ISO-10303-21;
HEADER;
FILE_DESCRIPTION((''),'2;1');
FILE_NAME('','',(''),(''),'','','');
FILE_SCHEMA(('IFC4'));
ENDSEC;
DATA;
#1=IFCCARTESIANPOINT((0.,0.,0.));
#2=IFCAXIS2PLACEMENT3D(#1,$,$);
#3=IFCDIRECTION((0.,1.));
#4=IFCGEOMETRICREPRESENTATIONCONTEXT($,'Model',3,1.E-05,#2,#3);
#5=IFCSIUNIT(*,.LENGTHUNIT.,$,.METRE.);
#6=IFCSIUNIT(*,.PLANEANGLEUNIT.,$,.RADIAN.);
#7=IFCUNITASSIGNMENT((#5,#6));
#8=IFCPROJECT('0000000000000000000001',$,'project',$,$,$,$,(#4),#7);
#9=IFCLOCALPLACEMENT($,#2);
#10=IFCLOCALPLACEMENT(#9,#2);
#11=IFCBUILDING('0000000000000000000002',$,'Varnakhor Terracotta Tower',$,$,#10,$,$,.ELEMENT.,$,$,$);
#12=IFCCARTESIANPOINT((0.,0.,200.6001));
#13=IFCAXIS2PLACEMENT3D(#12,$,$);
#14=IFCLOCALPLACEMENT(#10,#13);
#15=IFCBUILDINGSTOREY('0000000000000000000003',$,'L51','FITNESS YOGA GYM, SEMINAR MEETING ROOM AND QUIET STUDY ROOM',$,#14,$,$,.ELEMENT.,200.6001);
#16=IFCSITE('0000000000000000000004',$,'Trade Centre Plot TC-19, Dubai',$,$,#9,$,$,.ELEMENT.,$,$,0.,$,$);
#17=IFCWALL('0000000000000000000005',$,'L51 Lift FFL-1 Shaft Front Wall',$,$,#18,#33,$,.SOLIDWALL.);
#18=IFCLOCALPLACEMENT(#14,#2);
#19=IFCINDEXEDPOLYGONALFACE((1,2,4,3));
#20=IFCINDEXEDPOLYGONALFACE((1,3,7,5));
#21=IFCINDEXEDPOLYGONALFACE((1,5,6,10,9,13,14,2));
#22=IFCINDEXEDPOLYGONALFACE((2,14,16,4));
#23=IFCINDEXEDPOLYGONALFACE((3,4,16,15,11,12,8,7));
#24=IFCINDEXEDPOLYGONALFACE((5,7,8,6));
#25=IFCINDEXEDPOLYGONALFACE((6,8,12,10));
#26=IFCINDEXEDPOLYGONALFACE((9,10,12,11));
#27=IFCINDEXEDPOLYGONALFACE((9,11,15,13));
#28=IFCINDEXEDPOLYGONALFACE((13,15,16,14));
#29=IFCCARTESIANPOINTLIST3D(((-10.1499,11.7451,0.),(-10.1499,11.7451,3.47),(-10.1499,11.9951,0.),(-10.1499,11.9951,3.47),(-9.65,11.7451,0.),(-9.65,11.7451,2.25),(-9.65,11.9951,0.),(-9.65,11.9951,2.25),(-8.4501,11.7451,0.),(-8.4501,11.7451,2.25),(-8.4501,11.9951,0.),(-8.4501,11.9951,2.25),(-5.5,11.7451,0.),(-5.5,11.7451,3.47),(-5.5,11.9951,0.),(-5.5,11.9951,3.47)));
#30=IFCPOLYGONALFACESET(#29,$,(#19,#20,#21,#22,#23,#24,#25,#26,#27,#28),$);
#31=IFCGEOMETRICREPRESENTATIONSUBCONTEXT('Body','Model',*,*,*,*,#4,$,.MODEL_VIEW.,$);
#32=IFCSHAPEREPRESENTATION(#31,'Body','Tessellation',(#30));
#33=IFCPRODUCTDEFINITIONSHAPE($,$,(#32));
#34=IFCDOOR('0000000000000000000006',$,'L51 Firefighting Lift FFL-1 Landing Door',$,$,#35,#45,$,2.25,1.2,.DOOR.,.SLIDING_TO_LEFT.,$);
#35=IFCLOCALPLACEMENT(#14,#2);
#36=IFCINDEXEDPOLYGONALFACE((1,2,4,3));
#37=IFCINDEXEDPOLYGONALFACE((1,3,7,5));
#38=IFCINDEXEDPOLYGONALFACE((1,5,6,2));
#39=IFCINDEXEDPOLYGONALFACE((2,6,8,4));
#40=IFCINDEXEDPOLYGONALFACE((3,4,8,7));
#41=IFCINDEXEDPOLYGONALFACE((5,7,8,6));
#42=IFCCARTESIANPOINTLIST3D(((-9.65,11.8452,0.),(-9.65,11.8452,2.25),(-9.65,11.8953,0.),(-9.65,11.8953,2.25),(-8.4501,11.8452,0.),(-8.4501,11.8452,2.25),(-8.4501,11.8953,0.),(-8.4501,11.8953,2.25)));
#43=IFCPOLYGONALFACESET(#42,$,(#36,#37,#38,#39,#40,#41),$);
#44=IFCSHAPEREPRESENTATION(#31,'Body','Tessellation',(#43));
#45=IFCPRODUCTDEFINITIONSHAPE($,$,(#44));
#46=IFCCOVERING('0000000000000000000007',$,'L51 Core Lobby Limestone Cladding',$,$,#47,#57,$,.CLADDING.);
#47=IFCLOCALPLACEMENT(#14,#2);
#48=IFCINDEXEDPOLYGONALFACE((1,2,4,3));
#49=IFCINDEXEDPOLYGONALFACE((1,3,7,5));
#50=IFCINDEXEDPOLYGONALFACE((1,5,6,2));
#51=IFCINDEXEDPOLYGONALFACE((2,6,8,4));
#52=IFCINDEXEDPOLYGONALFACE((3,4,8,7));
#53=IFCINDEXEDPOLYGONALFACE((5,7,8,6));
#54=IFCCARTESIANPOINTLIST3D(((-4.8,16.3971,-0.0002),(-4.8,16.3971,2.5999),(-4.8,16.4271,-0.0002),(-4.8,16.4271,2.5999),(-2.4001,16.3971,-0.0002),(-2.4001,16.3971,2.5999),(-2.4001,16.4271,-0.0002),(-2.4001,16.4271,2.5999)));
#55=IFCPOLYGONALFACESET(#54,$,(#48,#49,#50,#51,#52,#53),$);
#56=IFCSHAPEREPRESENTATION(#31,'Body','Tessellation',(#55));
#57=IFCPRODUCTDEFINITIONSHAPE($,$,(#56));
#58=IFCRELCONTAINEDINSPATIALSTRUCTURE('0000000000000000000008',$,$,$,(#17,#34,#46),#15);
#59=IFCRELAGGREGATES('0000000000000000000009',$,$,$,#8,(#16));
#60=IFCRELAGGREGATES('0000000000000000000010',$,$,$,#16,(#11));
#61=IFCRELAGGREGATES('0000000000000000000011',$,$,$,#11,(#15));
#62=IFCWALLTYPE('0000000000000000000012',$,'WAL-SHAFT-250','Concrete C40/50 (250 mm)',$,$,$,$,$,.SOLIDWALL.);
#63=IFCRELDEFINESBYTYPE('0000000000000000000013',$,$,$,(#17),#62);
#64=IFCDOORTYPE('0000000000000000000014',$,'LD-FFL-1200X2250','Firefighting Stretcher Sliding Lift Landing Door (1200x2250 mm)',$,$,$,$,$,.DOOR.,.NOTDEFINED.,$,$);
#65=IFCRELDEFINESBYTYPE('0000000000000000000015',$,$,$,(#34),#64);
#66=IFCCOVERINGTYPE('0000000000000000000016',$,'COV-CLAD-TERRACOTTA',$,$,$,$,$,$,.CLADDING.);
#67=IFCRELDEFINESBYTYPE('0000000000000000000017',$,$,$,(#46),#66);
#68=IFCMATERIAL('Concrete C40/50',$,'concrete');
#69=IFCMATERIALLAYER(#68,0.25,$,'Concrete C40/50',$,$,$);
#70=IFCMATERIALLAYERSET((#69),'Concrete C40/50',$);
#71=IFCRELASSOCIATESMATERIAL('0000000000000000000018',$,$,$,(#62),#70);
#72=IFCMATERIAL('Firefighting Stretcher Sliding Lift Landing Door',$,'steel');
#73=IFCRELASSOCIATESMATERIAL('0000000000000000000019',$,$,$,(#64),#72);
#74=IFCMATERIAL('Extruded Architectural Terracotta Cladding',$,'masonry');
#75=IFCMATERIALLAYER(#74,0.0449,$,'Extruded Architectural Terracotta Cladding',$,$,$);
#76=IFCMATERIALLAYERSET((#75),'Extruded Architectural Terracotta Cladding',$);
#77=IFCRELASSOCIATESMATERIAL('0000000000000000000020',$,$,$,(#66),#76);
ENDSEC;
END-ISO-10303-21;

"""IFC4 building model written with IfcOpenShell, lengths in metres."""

from ifc_helpers import new_model, si_unit, direction, frame, frame_2d, origin, origin_2d, place, context, subcontext, project, spatial, rectangle, extrude, source, transform, mapped, material, layer, layer_set, type_object, type_shapes, element, fill, save


model = new_model("IFC4")

# Units and contexts
model_context = context("Model", 3, precision=1e-05, world=origin(), true_north=direction((0.0, 1.0)))
body_context = subcontext(model_context, "Body", "Model", "MODEL_VIEW")
ifc_project = project(units=[si_unit("LENGTHUNIT", "METRE"), si_unit("PLANEANGLEUNIT", "RADIAN")], contexts=[model_context])

# Site, building, storey
site_placement = place(None, origin())
site = spatial("IfcSite", under=ifc_project, at=site_placement, Name="Trade Centre Plot TC-19, Dubai", CompositionType="ELEMENT", RefElevation=0.0)
building_placement = place(site_placement, origin())
building = spatial("IfcBuilding", under=site, at=building_placement, Name="Varnakhor Terracotta Tower", CompositionType="ELEMENT")
storey_placement = place(building_placement, frame((0.0, 0.0, 200.6001)))
storey = spatial("IfcBuildingStorey", under=building, at=storey_placement, Name="L51", Description="FITNESS YOGA GYM, SEMINAR MEETING ROOM AND QUIET STUDY ROOM", CompositionType="ELEMENT", Elevation=200.6001)

# Shared definitions
ifc_material_1 = material(Name="Concrete C40/50", Category="concrete")

# Wall, opening, door
ifc_layer_1 = layer(ifc_material_1, 0.25, Name="Concrete C40/50")
ifc_layer_set_1 = layer_set([ifc_layer_1], Name="Concrete C40/50")
wall_type_1 = type_object("IfcWallType", Name="WAL-SHAFT-250", Description="Concrete C40/50 (250 mm)", PredefinedType="SOLIDWALL", material=ifc_layer_set_1)
wall_1_placement = place(storey_placement, frame((-5.5, 11.8701, 0.0), z_axis=(0.0, 0.0, 1.0), x_axis=(-1.0, 0.0, 0.0)))
wall_1 = element("IfcWall", 1, at=wall_1_placement, inside=storey, type_object=wall_type_1, Name="L51 Lift FFL-1 Shaft Front Wall", PredefinedType="SOLIDWALL", context=body_context, shape_type="SweptSolid", body=[
    extrude(rectangle(XDim=4.6499, YDim=0.25, at=frame_2d((2.325, 0.0))), origin(), (0.0, 0.0, 1.0), 3.47),
])
opening_1_placement = place(wall_1_placement, frame((2.95, 0.0, 0.0)))
opening_1 = element("IfcOpeningElement", 2, at=opening_1_placement, cuts=wall_1, PredefinedType="OPENING", context=body_context, shape_type="SweptSolid", body=[
    extrude(rectangle(XDim=1.2, YDim=2.25, at=frame_2d((0.6001, 1.125))), frame((0.0, 0.135, 0.0), z_axis=(0.0, -1.0, 0.0), x_axis=(1.0, 0.0, 0.0)), (0.0, 0.0, 1.0), 0.27),
])
ifc_material_2 = material(Name="Firefighting Stretcher Sliding Lift Landing Door", Category="steel")
door_type_1 = type_object("IfcDoorType", Name="LD-FFL-1200X2250", Description="Firefighting Stretcher Sliding Lift Landing Door (1200x2250 mm)", OperationType="NOTDEFINED", PredefinedType="DOOR", material=ifc_material_2)
shared_shape_1 = source(origin(), body_context, "Body", "SweptSolid", [
    extrude(rectangle(XDim=1.2, YDim=2.25, at=frame_2d((0.6001, 1.125))), frame((0.0, 0.0249, 0.0), z_axis=(0.0, -1.0, 0.0), x_axis=(1.0, 0.0, 0.0)), (0.0, 0.0, 1.0), 0.05),
])
type_shapes(door_type_1, [shared_shape_1])
door_1_placement = place(opening_1_placement, origin())
door_1 = element("IfcDoor", 3, at=door_1_placement, inside=storey, type_object=door_type_1, Name="L51 Firefighting Lift FFL-1 Landing Door", OperationType="SLIDING_TO_LEFT", OverallHeight=2.25, OverallWidth=1.2, PredefinedType="DOOR", context=body_context, shape_type="MappedRepresentation", body=[
    mapped(shared_shape_1, transform((0.0, 0.0, 0.0), scale=1.0)),
])
fill(opening_1, door_1)

# Covering
ifc_material_3 = material(Name="Extruded Architectural Terracotta Cladding", Category="masonry")
ifc_layer_2 = layer(ifc_material_3, 0.0449, Name="Extruded Architectural Terracotta Cladding")
ifc_layer_set_2 = layer_set([ifc_layer_2], Name="Extruded Architectural Terracotta Cladding")
covering_type = type_object("IfcCoveringType", Name="COV-CLAD-TERRACOTTA", PredefinedType="CLADDING", material=ifc_layer_set_2)
shared_shape_2 = source(origin(), body_context, "Body", "SweptSolid", [
    extrude(rectangle(XDim=2.3999, YDim=0.03, at=origin_2d()), origin(), (0.0, 0.0, 1.0), 2.6001),
])
type_shapes(covering_type, [shared_shape_2])
covering_placement = place(storey_placement, frame((-3.6001, 16.4121, -0.0002), z_axis=(0.0, 0.0, 1.0), x_axis=(1.0, 0.0, 0.0)))
element("IfcCovering", 4, at=covering_placement, inside=storey, type_object=covering_type, Name="L51 Core Lobby Limestone Cladding", PredefinedType="CLADDING", context=body_context, shape_type="MappedRepresentation", body=[
    mapped(shared_shape_2, transform((0.0, 0.0, 0.0), scale=1.0)),
])

save(model, "model.ifc")
